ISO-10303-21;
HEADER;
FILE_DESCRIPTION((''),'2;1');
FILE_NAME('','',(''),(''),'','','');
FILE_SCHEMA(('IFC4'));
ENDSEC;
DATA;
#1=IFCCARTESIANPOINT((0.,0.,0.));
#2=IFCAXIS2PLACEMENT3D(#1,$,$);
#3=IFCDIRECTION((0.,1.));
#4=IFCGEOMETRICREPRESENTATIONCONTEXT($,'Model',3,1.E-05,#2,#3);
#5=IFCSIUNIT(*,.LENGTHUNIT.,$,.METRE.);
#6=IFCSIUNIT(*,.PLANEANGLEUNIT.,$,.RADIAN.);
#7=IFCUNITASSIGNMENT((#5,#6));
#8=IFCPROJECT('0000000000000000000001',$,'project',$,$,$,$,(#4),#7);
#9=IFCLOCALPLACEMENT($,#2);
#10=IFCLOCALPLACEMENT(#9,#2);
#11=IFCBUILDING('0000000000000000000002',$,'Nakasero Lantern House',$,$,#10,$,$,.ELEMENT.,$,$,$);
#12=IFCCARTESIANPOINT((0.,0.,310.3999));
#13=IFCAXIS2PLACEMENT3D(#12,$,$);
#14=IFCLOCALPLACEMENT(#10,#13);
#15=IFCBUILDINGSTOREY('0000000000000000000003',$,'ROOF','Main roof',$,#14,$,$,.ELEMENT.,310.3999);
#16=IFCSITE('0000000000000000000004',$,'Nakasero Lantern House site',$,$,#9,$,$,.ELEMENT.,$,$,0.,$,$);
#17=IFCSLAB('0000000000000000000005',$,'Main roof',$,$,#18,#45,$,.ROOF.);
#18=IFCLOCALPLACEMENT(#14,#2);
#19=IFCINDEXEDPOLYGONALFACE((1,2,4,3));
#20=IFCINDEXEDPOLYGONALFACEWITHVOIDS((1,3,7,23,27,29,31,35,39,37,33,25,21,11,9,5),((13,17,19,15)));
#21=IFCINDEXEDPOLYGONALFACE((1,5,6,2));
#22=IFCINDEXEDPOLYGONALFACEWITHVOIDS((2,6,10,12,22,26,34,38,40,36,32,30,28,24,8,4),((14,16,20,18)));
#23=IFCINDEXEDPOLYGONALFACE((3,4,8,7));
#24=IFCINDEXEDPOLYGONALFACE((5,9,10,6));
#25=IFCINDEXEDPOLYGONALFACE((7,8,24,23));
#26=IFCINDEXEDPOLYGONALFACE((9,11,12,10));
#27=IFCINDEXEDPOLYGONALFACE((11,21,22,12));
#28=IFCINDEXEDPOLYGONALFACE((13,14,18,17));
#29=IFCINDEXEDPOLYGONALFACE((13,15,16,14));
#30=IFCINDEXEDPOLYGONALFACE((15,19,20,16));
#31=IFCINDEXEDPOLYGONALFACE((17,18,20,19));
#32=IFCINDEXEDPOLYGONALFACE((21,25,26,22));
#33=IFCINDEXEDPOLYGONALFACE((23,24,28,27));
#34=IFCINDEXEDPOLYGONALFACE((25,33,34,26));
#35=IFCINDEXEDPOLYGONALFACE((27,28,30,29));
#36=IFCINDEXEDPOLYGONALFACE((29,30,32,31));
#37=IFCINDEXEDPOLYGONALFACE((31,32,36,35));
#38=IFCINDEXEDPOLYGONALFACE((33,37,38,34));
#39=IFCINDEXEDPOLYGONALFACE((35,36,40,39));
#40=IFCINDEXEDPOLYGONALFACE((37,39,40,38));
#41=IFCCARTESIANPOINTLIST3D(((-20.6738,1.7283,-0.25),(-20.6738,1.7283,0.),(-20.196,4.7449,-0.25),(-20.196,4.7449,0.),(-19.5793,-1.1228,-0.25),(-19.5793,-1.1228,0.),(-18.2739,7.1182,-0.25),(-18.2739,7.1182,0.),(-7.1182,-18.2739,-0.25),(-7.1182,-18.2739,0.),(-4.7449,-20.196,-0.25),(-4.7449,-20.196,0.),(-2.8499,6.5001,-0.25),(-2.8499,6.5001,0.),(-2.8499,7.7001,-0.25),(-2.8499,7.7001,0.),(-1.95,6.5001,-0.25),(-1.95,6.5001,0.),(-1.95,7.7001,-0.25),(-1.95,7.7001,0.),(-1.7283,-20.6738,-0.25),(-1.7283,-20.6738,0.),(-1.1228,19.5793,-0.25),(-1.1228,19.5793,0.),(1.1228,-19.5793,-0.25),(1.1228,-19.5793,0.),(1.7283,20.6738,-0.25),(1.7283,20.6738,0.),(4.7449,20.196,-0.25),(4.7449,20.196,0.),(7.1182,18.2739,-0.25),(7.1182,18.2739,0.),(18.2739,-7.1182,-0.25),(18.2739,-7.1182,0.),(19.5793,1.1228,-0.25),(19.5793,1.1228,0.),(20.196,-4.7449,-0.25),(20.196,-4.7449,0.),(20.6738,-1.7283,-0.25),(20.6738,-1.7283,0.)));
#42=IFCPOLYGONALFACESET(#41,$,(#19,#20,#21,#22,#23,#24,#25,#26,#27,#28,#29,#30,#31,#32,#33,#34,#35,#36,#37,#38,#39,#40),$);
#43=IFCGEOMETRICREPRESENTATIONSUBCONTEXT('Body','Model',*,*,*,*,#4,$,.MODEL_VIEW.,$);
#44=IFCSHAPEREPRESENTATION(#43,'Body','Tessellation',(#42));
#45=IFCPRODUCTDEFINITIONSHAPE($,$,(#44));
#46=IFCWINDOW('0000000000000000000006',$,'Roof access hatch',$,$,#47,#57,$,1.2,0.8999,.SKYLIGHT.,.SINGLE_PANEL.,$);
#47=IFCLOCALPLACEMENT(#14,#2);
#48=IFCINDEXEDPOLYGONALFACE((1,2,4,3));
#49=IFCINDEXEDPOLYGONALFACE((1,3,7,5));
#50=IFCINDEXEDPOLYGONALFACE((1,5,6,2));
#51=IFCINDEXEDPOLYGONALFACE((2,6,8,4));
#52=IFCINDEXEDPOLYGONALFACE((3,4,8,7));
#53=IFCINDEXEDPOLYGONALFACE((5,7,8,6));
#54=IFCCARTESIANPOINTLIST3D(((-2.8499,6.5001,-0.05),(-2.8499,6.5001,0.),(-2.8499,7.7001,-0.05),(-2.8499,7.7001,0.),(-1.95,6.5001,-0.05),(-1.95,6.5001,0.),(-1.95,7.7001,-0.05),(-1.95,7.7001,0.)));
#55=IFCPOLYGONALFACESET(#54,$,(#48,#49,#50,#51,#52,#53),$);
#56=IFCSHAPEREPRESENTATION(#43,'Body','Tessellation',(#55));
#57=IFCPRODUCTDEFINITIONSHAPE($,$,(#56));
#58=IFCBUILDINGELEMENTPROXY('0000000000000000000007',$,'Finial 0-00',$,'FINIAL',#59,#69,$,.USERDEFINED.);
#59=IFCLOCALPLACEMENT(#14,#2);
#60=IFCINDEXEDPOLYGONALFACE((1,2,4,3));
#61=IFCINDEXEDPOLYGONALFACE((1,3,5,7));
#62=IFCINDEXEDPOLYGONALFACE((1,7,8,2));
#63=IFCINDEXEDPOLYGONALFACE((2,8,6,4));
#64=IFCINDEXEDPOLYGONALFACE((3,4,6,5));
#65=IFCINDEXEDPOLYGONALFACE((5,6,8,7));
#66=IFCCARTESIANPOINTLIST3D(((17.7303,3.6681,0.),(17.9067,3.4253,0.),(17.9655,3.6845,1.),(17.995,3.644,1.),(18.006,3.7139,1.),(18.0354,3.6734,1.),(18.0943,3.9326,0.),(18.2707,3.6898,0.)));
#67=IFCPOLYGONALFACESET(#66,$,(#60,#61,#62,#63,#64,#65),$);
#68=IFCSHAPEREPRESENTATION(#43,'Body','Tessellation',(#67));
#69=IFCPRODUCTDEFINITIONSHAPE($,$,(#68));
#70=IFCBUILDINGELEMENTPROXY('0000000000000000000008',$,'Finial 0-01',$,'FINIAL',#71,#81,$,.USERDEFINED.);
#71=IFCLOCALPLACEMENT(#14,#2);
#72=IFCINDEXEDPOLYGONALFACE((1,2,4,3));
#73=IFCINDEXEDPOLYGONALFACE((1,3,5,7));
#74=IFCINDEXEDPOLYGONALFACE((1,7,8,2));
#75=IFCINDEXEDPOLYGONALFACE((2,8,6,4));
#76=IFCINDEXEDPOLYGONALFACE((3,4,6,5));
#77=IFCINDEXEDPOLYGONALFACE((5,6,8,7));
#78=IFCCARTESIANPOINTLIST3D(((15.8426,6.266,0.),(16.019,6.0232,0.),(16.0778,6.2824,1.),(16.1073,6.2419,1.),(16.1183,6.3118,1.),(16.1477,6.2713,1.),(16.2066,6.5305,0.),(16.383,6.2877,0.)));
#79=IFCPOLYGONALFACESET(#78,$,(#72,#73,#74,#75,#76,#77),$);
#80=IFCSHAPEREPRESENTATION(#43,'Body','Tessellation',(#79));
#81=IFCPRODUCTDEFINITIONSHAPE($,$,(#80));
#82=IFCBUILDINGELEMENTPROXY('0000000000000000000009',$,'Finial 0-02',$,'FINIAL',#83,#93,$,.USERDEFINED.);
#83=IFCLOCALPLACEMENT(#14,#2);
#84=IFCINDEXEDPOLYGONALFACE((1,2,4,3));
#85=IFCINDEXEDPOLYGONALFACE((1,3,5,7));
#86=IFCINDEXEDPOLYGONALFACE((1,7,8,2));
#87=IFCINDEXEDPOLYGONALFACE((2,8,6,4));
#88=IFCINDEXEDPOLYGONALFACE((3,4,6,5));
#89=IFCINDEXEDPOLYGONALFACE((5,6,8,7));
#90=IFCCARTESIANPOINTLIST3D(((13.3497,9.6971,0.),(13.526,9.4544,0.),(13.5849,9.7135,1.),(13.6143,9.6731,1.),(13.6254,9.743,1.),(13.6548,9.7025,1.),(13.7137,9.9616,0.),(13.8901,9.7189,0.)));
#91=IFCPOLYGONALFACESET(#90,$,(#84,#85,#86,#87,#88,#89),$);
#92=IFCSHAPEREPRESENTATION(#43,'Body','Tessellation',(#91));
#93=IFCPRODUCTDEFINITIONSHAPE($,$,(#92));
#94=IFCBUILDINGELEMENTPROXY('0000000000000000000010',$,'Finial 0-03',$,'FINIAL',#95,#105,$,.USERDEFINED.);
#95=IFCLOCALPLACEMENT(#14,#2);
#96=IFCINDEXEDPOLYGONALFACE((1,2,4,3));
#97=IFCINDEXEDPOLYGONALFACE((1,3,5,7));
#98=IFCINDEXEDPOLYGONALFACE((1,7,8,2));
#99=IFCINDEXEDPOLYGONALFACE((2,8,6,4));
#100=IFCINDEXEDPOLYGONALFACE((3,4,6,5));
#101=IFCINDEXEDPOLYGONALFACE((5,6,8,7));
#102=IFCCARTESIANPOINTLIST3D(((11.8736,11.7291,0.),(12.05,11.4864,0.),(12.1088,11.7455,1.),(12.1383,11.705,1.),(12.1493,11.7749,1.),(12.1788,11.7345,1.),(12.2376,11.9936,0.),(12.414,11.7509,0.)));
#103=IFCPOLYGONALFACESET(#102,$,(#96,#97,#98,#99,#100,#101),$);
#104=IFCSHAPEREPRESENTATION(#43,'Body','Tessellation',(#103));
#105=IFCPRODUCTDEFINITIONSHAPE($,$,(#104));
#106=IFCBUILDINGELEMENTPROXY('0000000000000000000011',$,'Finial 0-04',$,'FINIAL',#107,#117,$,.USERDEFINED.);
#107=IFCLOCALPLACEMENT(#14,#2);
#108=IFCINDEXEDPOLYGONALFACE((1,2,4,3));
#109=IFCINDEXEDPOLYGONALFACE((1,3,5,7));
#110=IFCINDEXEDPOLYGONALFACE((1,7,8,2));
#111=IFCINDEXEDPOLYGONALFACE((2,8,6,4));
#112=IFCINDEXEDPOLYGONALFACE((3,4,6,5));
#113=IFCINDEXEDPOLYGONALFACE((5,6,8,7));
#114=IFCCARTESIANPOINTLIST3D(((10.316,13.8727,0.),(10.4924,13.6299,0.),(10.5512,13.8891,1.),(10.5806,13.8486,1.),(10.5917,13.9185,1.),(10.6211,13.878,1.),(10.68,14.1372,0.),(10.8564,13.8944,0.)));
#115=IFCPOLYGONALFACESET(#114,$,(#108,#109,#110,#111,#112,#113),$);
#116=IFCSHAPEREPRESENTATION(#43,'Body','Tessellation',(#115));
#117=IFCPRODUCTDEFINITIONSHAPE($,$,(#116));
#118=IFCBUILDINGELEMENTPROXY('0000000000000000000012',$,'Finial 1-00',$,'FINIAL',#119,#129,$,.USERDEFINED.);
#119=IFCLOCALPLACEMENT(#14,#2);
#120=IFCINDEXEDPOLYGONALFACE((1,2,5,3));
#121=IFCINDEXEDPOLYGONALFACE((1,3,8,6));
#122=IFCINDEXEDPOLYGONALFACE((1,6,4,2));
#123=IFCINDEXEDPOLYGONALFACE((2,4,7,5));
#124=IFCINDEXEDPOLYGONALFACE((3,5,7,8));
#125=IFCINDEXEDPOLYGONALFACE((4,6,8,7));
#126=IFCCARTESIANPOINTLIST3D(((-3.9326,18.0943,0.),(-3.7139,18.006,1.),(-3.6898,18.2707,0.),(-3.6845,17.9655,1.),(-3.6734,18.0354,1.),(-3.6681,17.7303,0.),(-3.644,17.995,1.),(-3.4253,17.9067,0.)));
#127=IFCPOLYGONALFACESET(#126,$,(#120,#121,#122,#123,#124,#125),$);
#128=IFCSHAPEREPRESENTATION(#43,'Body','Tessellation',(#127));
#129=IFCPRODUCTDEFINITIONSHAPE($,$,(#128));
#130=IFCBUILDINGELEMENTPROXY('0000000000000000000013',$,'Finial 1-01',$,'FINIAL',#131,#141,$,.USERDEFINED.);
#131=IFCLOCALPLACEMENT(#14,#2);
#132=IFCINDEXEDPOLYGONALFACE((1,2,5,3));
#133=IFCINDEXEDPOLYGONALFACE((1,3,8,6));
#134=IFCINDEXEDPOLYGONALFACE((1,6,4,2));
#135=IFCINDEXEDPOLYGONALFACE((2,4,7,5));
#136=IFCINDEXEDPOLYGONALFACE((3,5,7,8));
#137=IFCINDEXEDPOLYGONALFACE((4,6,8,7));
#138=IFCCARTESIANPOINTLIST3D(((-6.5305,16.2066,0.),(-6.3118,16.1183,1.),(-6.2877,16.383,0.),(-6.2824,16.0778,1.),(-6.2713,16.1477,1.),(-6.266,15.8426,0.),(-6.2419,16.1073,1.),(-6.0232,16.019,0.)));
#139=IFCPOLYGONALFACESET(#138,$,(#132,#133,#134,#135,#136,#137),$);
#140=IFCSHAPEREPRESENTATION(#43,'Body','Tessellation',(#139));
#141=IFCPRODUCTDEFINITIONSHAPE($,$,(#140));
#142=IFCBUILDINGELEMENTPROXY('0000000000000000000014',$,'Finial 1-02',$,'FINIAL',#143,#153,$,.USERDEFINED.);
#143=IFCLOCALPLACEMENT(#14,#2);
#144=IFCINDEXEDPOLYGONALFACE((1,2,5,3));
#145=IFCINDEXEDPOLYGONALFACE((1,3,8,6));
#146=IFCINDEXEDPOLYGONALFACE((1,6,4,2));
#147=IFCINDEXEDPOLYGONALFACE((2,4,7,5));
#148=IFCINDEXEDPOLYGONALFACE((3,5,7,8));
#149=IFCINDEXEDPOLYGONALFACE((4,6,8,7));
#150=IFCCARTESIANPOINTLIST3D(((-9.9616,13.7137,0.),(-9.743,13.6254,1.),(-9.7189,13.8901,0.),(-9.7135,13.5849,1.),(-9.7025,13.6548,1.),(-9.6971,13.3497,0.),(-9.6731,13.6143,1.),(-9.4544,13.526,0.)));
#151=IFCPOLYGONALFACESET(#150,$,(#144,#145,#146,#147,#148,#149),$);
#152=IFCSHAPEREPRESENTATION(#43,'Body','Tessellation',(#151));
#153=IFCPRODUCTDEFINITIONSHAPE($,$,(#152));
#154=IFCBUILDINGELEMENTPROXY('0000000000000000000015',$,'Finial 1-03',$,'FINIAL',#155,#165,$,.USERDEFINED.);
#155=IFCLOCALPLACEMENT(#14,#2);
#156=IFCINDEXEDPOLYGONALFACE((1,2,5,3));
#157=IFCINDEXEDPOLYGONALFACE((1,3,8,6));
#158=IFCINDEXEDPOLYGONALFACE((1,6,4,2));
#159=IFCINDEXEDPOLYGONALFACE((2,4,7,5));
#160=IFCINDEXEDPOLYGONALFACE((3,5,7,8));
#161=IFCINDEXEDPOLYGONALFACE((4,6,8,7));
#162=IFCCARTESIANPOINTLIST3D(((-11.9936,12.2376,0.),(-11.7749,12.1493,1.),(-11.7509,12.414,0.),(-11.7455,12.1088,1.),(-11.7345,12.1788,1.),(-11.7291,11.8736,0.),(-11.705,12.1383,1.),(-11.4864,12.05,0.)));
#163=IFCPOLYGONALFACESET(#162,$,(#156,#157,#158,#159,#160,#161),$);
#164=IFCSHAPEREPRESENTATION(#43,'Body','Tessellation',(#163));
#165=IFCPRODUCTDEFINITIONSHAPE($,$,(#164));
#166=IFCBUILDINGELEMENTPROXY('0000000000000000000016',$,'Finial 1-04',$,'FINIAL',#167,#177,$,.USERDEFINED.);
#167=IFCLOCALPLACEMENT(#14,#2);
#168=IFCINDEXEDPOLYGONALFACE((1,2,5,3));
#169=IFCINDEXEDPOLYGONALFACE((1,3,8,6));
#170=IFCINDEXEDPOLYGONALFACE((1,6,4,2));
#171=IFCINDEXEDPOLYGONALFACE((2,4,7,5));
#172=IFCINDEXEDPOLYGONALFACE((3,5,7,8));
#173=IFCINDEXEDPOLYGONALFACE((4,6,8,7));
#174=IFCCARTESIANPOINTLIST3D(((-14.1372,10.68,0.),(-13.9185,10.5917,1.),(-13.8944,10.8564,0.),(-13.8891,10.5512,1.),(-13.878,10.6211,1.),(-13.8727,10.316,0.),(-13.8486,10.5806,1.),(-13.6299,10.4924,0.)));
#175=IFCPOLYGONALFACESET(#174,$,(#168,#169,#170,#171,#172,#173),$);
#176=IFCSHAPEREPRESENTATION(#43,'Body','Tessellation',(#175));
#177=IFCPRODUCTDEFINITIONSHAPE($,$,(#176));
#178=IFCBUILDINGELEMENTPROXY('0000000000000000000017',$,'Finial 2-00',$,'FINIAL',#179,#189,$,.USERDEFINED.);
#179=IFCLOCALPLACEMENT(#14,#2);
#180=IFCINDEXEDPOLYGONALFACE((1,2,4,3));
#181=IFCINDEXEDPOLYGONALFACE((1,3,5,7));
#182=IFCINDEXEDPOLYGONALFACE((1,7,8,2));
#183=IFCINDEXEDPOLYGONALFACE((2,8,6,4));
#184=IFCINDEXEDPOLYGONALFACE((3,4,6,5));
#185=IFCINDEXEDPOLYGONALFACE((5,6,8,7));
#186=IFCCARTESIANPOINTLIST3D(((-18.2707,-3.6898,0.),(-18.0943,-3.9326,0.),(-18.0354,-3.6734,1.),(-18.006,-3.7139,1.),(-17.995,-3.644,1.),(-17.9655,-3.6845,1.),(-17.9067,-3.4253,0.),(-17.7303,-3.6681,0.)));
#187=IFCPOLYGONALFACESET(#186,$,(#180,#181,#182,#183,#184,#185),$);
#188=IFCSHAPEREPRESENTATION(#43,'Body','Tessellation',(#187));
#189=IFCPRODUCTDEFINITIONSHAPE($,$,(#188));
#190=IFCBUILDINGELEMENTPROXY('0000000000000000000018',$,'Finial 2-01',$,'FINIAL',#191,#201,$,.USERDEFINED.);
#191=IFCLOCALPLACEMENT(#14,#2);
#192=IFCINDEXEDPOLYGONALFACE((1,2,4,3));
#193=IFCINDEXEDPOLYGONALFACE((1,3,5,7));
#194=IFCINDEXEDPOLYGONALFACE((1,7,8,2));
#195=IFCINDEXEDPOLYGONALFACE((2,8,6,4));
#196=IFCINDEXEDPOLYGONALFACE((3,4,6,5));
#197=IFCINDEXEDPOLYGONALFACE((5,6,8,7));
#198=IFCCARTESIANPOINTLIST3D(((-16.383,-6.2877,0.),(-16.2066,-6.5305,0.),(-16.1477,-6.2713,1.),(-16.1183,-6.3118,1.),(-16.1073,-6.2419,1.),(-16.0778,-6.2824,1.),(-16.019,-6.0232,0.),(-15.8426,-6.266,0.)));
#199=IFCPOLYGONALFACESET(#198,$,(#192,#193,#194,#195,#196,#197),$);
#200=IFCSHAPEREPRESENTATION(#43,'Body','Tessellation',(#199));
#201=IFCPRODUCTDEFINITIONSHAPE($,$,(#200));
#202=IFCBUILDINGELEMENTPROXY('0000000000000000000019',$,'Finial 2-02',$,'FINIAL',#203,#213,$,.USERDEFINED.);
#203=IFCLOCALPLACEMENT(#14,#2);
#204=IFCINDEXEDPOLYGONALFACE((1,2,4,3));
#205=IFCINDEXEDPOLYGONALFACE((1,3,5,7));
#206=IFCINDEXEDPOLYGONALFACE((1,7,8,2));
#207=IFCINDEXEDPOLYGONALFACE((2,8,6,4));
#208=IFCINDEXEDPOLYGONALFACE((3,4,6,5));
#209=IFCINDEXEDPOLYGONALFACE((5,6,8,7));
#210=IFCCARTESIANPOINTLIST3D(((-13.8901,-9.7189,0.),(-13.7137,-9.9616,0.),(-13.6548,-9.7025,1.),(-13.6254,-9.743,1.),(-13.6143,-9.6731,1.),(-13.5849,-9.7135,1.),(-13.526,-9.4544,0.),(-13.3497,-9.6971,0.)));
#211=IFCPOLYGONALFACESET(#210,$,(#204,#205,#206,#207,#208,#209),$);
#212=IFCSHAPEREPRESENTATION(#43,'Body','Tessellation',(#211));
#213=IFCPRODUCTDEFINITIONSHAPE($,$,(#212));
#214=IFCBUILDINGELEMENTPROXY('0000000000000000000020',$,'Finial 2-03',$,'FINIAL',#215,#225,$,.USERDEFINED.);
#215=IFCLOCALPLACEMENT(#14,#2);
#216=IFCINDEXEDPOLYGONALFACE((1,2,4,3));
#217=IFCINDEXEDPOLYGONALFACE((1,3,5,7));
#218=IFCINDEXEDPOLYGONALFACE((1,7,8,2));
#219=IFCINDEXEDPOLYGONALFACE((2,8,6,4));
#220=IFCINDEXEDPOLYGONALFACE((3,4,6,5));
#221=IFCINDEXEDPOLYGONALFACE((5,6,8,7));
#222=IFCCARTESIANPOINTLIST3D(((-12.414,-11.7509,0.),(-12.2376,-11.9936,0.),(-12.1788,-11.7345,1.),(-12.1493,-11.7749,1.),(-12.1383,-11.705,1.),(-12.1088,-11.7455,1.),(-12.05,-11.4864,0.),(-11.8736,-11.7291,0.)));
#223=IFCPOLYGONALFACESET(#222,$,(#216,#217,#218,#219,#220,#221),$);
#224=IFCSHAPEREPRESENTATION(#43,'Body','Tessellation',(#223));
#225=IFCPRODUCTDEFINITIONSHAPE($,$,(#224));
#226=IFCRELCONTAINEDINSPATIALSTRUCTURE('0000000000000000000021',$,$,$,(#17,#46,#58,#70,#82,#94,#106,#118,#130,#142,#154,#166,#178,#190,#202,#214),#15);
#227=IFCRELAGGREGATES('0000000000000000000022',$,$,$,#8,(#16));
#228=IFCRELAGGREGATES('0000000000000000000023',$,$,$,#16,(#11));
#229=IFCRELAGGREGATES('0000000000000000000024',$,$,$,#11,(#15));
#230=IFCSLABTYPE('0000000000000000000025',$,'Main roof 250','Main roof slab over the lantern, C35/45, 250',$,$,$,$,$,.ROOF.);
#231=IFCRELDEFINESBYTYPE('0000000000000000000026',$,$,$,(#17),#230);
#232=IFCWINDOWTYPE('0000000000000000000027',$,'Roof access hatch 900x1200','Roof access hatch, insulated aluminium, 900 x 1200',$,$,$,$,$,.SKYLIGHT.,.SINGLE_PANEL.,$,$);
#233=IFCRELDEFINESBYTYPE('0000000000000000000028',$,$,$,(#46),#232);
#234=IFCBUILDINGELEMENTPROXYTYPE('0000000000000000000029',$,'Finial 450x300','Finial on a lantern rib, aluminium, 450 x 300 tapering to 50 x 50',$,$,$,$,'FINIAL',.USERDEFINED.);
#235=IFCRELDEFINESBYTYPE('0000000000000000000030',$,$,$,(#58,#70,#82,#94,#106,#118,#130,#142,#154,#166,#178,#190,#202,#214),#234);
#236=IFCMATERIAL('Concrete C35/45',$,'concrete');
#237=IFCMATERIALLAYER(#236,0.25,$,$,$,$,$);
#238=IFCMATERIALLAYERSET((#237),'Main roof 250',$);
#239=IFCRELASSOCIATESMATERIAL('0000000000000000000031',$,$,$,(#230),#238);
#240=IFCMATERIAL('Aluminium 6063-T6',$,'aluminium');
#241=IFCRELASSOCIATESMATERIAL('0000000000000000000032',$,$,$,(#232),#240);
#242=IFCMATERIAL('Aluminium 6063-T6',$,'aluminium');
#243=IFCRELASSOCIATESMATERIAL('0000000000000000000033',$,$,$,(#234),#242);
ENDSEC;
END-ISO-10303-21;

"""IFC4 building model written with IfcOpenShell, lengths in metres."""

from ifc_helpers import new_model, entity, si_unit, direction, frame, origin, origin_2d, place, context, subcontext, project, spatial, polyline, rectangle, outline, extrude, material, layer, layer_set, type_object, element, fill, save


model = new_model("IFC4")

# Units and contexts
model_context = context("Model", 3, precision=1e-05, world=origin(), true_north=direction((0.0, 1.0)))
body_context = subcontext(model_context, "Body", "Model", "MODEL_VIEW")
ifc_project = project(units=[si_unit("LENGTHUNIT", "METRE"), si_unit("PLANEANGLEUNIT", "RADIAN")], contexts=[model_context])

# Site, building, storey
site_placement = place(None, origin())
site = spatial("IfcSite", under=ifc_project, at=site_placement, Name="Nakasero Lantern House site", CompositionType="ELEMENT", RefElevation=0.0)
building_placement = place(site_placement, origin())
building = spatial("IfcBuilding", under=site, at=building_placement, Name="Nakasero Lantern House", CompositionType="ELEMENT")
storey_placement = place(building_placement, frame((0.0, 0.0, 310.3999)))
storey = spatial("IfcBuildingStorey", under=building, at=storey_placement, Name="ROOF", Description="Main roof", CompositionType="ELEMENT", Elevation=310.3999)

# Slab, opening, window
ifc_material_1 = material(Name="Concrete C35/45", Category="concrete")
ifc_layer = layer(ifc_material_1, 0.25)
ifc_layer_set = layer_set([ifc_layer], Name="Main roof 250")
slab_type = type_object("IfcSlabType", Name="Main roof 250", Description="Main roof slab over the lantern, C35/45, 250", PredefinedType="ROOF", material=ifc_layer_set)
slab_placement = place(storey_placement, frame((0.0, 0.0, -0.25)))
slab = element("IfcSlab", 1, at=slab_placement, inside=storey, type_object=slab_type, Name="Main roof", PredefinedType="ROOF", context=body_context, shape_type="SweptSolid", body=[
    extrude(outline(polyline([(7.1182, 18.2739), (4.7449, 20.196), (1.7283, 20.6738), (-1.1228, 19.5793), (-18.2739, 7.1182), (-20.196, 4.7449), (-20.6738, 1.7283), (-19.5793, -1.1228), (-7.1182, -18.2739), (-4.7449, -20.196), (-1.7283, -20.6738), (1.1228, -19.5793), (18.2739, -7.1182), (20.196, -4.7449), (20.6738, -1.7283), (19.5793, 1.1228), (7.1182, 18.2739)])), origin(), (0.0, 0.0, 1.0), 0.25),
])
opening_placement = place(slab_placement, frame((-2.3999, 7.1001, 0.0)))
opening = element("IfcOpeningElement", 2, at=opening_placement, cuts=slab, PredefinedType="OPENING", context=body_context, shape_type="SweptSolid", body=[
    extrude(rectangle(XDim=0.8999, YDim=1.2, at=origin_2d()), origin(), (0.0, 0.0, 1.0), 0.25),
])
ifc_material_2 = material(Name="Aluminium 6063-T6", Category="aluminium")
window_type = type_object("IfcWindowType", Name="Roof access hatch 900x1200", Description="Roof access hatch, insulated aluminium, 900 x 1200", PartitioningType="SINGLE_PANEL", PredefinedType="SKYLIGHT", material=ifc_material_2)
window_placement = place(opening_placement, frame((0.0, 0.0, 0.2)))
window = element("IfcWindow", 3, at=window_placement, inside=storey, type_object=window_type, Name="Roof access hatch", OverallHeight=1.2, OverallWidth=0.8999, PartitioningType="SINGLE_PANEL", PredefinedType="SKYLIGHT", context=body_context, shape_type="SweptSolid", body=[
    extrude(rectangle(XDim=0.8999, YDim=1.2, at=origin_2d()), origin(), (0.0, 0.0, 1.0), 0.05),
])
fill(opening, window)

# Building element proxies
ifc_material_3 = material(Name="Aluminium 6063-T6", Category="aluminium")
building_element_proxy_type = type_object("IfcBuildingElementProxyType", Name="Finial 450x300", Description="Finial on a lantern rib, aluminium, 450 x 300 tapering to 50 x 50", ElementType="FINIAL", PredefinedType="USERDEFINED", material=ifc_material_3)
for number, where, z_axis, x_axis, name in (
    (4, (18.0005, 3.679, 0.0), (0.0, 0.0, 1.0), (0.809017, 0.587785, 0.0), "Finial 0-00"),
    (5, (16.1128, 6.2769, 0.0), (0.0, 0.0, 1.0), (0.809017, 0.587785, 0.0), "Finial 0-01"),
    (6, (13.6199, 9.708, 0.0), (0.0, 0.0, 1.0), (0.809017, 0.587785, 0.0), "Finial 0-02"),
    (7, (12.1438, 11.74, 0.0), (0.0, 0.0, 1.0), (0.809017, 0.587785, 0.0), "Finial 0-03"),
    (8, (10.5862, 13.8835, 0.0), (0.0, 0.0, 1.0), (0.809017, 0.587785, 0.0), "Finial 0-04"),
    (9, (-3.679, 18.0005, 0.0), (0.0, 0.0, 1.0), (-0.587785, 0.809017, 0.0), "Finial 1-00"),
    (10, (-6.2769, 16.1128, 0.0), (0.0, 0.0, 1.0), (-0.587785, 0.809017, 0.0), "Finial 1-01"),
    (11, (-9.708, 13.6199, 0.0), (0.0, 0.0, 1.0), (-0.587785, 0.809017, 0.0), "Finial 1-02"),
    (12, (-11.74, 12.1438, 0.0), (0.0, 0.0, 1.0), (-0.587785, 0.809017, 0.0), "Finial 1-03"),
    (13, (-13.8835, 10.5862, 0.0), (0.0, 0.0, 1.0), (-0.587785, 0.809017, 0.0), "Finial 1-04"),
    (14, (-18.0005, -3.679, 0.0), (0.0, 0.0, 1.0), (-0.809017, -0.587785, 0.0), "Finial 2-00"),
    (15, (-16.1128, -6.2769, 0.0), (0.0, 0.0, 1.0), (-0.809017, -0.587785, 0.0), "Finial 2-01"),
    (16, (-13.6199, -9.708, 0.0), (0.0, 0.0, 1.0), (-0.809017, -0.587785, 0.0), "Finial 2-02"),
    (17, (-12.1438, -11.74, 0.0), (0.0, 0.0, 1.0), (-0.809017, -0.587785, 0.0), "Finial 2-03"),
):
    element("IfcBuildingElementProxy", number, at=place(storey_placement, frame(where, z_axis=z_axis, x_axis=x_axis)), inside=storey, type_object=building_element_proxy_type, Name=name, ObjectType="FINIAL", PredefinedType="USERDEFINED", context=body_context, shape_type="SweptSolid", body=[
        entity("IfcExtrudedAreaSolidTapered", entity("IfcRectangleProfileDef", "AREA", None, entity("IfcAxis2Placement2D", entity("IfcCartesianPoint", [0.0, 0.0])), 0.45, 0.3), entity("IfcAxis2Placement3D", entity("IfcCartesianPoint", [0.0, 0.0, 0.0])), entity("IfcDirection", [0.0, 0.0, 1.0]), 1.0, entity("IfcRectangleProfileDef", "AREA", None, entity("IfcAxis2Placement2D", entity("IfcCartesianPoint", [0.0, 0.0])), 0.05, 0.05)),
    ])

save(model, "model.ifc")
